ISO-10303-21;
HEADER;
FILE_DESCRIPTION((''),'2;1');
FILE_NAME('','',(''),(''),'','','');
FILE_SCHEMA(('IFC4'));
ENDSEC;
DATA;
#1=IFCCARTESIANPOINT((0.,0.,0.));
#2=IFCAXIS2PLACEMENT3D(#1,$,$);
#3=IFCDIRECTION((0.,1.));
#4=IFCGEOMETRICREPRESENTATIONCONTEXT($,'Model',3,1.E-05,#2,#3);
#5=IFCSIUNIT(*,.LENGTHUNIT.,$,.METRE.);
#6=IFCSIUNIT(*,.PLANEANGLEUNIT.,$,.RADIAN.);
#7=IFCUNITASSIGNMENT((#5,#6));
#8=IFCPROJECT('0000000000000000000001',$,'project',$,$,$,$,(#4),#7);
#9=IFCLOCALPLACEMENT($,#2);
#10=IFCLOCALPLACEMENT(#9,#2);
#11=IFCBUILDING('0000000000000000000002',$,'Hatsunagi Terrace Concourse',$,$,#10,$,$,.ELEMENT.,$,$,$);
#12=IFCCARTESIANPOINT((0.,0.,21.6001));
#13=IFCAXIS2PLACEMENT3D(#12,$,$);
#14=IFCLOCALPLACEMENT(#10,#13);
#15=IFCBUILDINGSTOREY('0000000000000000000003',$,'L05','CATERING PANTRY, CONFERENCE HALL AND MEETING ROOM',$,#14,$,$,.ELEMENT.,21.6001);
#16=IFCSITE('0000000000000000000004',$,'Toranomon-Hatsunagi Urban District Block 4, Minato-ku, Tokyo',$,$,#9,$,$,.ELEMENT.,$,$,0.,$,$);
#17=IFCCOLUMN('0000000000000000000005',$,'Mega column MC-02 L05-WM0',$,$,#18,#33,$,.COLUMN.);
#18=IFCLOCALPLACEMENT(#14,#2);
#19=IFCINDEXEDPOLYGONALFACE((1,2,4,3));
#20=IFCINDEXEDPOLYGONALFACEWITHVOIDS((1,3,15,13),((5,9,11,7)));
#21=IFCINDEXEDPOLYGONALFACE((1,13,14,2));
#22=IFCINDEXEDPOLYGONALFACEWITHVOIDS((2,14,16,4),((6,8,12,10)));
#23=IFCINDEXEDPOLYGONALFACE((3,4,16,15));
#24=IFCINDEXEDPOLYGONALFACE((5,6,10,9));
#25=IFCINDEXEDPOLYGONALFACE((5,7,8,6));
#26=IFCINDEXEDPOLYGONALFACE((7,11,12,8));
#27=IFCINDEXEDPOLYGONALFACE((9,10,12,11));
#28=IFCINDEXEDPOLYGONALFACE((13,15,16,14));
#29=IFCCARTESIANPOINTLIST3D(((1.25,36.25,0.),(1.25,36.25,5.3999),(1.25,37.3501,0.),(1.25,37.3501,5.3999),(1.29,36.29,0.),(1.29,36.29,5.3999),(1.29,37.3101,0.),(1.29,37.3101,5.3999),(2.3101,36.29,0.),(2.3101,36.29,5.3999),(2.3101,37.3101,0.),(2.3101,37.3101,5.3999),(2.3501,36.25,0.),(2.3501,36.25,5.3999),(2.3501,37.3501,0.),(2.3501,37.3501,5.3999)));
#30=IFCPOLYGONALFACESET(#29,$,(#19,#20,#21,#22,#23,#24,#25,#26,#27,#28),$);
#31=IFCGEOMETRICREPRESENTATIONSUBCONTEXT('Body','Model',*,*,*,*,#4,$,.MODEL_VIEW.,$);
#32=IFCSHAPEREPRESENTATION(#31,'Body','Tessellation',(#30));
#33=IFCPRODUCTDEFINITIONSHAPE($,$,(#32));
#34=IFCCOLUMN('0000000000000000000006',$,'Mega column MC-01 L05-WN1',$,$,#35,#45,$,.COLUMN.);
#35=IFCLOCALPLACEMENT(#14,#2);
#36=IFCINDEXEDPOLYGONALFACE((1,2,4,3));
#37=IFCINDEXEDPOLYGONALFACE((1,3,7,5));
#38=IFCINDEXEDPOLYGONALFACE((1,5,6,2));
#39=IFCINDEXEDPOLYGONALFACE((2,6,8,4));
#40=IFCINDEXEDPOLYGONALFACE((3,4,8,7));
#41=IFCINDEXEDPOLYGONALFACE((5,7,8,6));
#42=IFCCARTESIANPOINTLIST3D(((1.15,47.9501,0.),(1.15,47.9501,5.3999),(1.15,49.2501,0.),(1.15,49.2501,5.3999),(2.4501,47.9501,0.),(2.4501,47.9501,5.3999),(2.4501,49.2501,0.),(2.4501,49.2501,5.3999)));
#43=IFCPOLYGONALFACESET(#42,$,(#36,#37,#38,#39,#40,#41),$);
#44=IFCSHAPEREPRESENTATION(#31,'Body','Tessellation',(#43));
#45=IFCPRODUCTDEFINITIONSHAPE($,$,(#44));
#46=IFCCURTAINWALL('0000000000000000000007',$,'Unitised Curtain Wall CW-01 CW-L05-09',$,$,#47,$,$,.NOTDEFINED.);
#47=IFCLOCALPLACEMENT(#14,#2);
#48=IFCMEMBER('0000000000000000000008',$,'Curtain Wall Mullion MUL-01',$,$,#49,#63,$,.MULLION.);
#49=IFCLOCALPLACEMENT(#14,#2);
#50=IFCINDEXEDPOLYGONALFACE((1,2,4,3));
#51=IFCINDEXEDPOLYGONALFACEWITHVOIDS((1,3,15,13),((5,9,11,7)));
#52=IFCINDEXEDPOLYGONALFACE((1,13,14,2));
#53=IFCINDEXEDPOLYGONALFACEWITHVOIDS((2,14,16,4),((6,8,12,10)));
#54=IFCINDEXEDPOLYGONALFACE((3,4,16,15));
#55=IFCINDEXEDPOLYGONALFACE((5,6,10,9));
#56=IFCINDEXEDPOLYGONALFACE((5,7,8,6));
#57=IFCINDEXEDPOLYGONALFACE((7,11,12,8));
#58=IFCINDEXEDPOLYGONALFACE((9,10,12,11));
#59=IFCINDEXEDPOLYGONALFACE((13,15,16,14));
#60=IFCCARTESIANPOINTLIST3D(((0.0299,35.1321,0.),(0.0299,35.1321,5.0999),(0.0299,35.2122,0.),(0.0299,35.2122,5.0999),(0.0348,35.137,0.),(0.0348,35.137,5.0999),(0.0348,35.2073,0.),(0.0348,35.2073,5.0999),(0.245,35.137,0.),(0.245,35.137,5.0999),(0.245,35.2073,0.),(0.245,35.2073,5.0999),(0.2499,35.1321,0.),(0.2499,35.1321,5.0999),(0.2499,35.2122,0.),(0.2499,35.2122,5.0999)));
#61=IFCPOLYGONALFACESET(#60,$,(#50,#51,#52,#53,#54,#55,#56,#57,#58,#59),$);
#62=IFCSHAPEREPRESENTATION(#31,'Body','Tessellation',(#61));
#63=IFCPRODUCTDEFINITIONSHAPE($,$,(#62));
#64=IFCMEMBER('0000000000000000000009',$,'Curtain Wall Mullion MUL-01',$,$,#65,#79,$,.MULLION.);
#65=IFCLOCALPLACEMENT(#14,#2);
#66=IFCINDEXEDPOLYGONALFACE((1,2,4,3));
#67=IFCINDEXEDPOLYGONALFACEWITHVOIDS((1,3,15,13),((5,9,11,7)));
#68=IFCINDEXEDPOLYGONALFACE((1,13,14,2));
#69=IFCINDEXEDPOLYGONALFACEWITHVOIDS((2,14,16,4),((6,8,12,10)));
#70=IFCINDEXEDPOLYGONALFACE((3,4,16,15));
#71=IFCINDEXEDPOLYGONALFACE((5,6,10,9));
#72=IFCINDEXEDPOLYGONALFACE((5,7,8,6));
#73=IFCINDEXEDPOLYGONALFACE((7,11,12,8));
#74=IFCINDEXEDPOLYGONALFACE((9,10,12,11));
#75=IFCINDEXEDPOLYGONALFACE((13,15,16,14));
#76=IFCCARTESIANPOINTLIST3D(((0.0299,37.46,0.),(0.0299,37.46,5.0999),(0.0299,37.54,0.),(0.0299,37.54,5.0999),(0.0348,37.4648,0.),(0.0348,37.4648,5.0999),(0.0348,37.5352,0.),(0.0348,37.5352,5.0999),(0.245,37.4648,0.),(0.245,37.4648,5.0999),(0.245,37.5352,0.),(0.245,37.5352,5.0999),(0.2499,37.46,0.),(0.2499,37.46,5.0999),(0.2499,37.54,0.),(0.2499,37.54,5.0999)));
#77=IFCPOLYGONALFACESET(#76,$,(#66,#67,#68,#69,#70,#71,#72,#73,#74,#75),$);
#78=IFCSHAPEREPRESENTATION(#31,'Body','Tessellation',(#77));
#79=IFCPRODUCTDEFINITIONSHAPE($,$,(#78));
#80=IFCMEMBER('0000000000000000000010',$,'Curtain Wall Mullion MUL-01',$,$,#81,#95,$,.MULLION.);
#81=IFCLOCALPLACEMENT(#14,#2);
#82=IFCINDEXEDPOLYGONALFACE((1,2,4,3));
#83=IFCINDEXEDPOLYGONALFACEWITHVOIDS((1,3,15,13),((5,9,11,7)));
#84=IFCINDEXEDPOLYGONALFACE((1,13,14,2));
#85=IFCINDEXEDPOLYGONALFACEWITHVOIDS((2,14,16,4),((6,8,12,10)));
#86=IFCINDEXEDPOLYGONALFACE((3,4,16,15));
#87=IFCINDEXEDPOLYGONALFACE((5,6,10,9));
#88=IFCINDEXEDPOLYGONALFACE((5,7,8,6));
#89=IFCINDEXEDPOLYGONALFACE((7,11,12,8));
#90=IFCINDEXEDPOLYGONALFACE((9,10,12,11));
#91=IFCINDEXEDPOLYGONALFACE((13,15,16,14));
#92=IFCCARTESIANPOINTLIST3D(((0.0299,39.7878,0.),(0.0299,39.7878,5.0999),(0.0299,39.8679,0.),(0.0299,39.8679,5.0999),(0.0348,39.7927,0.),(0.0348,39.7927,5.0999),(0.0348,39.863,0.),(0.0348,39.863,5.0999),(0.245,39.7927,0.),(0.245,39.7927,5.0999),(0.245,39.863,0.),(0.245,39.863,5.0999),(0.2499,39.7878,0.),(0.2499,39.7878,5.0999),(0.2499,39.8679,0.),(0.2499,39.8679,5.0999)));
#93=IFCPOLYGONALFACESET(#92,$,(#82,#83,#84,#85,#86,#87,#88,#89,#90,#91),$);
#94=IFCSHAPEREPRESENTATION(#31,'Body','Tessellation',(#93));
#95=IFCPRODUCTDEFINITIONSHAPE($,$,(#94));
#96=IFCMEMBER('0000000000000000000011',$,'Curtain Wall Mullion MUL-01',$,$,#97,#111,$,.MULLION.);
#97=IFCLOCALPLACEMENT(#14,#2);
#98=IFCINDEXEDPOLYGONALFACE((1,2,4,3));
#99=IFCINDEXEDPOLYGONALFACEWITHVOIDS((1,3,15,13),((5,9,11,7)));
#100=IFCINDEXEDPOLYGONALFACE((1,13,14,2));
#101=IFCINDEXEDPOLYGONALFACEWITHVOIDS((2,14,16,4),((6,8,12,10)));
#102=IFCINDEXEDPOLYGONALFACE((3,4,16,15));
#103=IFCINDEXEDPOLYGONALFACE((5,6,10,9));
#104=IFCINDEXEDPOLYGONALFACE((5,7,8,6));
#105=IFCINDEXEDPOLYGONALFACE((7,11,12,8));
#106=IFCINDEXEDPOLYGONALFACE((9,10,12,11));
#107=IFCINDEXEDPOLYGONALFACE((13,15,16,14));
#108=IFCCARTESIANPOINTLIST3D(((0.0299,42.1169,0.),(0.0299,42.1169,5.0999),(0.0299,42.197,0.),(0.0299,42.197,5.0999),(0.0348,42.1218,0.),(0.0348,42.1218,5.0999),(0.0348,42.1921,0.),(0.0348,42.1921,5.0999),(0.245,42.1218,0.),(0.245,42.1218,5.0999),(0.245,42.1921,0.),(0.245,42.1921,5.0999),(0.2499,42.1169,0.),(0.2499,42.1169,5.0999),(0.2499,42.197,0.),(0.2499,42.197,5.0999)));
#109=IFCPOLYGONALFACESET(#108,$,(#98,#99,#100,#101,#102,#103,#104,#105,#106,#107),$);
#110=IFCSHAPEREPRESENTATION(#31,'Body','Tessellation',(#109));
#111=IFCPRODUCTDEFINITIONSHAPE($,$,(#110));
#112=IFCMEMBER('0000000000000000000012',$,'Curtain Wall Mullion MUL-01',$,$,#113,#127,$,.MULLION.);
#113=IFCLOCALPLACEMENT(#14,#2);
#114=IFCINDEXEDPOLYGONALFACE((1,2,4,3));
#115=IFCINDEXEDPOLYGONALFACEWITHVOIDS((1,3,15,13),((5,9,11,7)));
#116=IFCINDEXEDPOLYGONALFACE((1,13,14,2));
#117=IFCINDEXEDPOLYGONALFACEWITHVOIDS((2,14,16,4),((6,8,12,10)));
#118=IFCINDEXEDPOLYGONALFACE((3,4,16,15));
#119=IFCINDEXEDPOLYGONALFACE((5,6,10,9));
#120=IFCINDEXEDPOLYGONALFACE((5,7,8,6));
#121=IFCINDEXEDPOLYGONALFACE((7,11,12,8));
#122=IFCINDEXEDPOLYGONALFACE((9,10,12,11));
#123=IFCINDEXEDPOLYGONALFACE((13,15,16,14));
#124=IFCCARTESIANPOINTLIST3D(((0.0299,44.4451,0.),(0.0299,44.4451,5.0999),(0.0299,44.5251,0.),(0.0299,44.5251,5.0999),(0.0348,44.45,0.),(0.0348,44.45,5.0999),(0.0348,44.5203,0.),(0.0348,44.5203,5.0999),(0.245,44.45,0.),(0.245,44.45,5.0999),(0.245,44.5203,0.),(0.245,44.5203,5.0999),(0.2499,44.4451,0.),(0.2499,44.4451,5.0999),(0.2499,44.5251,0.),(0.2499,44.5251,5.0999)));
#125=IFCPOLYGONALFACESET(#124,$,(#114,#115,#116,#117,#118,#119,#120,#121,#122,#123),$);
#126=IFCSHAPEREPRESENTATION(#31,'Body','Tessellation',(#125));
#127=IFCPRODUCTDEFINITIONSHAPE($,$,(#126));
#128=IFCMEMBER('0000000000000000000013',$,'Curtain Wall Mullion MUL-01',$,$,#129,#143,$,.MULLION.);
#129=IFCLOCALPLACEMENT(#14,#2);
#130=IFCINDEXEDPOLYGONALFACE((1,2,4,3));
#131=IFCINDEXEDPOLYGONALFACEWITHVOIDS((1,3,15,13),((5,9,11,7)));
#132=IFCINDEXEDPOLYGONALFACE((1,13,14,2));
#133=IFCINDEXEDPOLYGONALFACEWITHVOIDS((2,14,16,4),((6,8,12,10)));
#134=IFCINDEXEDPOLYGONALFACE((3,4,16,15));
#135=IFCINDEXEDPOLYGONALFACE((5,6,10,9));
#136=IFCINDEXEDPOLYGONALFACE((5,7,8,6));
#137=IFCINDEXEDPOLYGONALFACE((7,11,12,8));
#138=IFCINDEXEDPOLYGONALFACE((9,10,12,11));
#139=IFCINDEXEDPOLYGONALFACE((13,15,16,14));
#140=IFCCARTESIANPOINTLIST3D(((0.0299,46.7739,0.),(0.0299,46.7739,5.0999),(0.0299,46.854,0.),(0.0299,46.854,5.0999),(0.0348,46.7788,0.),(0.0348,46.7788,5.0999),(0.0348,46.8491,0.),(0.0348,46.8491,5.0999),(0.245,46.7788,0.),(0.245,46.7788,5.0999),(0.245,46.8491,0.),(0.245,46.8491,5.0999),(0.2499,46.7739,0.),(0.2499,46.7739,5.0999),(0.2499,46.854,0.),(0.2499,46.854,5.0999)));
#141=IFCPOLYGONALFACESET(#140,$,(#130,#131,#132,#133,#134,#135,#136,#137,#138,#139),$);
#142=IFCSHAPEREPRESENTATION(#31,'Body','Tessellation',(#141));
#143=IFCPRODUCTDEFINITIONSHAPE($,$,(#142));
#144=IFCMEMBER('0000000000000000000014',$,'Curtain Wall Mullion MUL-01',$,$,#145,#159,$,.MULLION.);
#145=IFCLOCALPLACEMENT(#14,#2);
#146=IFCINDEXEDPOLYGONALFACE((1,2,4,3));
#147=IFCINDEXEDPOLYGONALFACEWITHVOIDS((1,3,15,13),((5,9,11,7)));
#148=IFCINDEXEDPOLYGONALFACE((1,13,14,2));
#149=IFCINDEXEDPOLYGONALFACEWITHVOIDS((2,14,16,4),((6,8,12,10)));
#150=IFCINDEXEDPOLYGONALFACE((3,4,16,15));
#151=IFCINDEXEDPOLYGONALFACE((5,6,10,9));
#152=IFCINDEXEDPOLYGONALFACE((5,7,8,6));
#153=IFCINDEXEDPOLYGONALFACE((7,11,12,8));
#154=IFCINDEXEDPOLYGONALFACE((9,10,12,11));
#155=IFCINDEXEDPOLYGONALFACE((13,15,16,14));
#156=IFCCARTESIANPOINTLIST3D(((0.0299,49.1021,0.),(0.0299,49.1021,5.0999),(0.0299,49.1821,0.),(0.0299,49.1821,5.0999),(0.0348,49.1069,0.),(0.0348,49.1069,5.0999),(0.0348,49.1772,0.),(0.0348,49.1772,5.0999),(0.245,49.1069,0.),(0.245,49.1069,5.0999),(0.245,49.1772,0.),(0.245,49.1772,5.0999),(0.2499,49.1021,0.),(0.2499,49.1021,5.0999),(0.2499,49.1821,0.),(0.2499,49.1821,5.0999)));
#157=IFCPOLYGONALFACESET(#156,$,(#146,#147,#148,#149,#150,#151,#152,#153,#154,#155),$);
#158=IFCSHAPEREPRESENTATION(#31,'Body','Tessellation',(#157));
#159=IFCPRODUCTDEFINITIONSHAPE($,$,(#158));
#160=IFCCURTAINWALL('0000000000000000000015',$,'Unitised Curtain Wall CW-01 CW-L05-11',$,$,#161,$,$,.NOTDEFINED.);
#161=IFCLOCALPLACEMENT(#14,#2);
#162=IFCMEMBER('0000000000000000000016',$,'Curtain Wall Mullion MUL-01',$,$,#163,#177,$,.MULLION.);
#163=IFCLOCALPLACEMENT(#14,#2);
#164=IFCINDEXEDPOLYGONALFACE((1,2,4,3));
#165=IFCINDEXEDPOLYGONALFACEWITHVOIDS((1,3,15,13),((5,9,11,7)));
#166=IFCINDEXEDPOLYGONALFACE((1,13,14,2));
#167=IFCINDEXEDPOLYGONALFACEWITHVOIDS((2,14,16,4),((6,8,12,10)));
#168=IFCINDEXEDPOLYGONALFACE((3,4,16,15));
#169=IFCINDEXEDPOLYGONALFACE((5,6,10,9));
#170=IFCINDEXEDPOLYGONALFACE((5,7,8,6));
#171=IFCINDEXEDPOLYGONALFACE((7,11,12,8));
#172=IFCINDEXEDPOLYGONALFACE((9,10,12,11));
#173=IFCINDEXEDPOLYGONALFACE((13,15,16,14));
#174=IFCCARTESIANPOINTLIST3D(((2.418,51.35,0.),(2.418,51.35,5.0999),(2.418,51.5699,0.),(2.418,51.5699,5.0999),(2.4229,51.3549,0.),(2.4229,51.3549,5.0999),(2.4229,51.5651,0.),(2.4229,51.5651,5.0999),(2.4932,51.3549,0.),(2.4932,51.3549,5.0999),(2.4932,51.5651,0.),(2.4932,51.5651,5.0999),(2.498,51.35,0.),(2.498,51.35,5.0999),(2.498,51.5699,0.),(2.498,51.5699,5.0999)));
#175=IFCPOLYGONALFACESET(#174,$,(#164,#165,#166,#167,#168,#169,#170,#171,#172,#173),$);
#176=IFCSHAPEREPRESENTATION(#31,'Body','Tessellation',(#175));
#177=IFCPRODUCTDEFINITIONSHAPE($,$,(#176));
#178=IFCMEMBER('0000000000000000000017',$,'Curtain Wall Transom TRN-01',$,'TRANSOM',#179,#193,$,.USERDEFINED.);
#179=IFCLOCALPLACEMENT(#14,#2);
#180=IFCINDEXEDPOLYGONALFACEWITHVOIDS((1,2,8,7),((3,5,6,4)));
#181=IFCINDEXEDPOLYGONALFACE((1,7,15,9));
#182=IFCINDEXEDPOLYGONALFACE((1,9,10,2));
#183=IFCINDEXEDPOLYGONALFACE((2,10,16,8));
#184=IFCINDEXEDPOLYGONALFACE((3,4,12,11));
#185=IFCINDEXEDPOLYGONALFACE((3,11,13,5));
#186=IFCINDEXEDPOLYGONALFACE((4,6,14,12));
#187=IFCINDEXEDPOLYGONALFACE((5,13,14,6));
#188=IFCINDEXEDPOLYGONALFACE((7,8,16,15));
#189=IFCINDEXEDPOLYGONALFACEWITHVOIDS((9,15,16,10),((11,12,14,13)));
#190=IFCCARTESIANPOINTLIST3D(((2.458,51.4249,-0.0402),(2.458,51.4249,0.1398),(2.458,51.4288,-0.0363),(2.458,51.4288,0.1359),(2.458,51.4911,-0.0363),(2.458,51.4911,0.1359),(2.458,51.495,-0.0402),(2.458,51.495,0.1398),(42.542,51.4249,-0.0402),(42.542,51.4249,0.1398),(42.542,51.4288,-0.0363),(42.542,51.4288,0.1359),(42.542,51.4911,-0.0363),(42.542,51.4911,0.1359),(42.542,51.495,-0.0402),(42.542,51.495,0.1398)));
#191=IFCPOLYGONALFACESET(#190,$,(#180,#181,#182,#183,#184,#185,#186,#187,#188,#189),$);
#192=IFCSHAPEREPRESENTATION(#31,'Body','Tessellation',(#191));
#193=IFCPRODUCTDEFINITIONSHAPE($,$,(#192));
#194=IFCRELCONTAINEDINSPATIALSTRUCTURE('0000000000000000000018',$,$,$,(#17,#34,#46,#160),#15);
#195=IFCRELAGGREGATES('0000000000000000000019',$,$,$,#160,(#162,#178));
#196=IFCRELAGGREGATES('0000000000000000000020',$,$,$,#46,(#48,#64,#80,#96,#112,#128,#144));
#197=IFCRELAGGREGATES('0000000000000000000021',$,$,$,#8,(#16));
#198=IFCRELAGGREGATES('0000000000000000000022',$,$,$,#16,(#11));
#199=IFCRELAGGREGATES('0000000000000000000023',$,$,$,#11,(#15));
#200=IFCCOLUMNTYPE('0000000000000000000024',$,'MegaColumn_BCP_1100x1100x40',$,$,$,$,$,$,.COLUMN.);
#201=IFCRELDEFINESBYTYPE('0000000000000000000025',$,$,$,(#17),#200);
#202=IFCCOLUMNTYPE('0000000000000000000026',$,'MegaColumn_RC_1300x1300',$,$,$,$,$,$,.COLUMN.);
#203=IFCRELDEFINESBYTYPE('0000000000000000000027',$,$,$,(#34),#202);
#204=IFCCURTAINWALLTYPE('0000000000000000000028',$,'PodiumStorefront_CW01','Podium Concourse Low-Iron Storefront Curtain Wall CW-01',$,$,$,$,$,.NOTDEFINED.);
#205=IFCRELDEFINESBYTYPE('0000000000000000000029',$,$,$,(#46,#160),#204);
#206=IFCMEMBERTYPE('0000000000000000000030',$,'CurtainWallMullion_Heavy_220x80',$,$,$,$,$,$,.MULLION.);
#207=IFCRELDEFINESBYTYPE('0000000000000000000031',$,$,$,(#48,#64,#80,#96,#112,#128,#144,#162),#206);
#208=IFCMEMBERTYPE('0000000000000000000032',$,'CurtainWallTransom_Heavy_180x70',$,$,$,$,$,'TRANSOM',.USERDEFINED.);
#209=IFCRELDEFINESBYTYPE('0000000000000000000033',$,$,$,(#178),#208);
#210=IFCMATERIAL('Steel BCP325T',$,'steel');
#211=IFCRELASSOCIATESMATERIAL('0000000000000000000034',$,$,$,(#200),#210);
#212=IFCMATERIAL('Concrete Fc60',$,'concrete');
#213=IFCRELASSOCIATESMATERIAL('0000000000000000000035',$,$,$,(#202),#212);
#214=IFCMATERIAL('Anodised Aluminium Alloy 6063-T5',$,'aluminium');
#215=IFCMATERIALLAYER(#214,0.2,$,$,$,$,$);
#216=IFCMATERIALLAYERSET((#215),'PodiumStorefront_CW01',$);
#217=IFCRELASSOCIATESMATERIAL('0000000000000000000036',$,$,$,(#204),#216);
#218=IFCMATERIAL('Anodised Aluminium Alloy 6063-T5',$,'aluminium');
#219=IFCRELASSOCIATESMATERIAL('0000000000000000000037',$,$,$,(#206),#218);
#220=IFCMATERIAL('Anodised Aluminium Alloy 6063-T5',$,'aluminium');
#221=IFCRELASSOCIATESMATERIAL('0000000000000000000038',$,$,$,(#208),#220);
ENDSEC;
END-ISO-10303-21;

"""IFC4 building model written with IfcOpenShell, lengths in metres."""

from ifc_helpers import new_model, si_unit, direction, frame, origin, origin_2d, place, context, subcontext, project, spatial, rectangle, hollow_rectangle, extrude, material, layer, layer_set, material_profile, profile_set, type_object, element, aggregate, save


model = new_model("IFC4")

# Units and contexts
model_context = context("Model", 3, precision=1e-05, world=origin(), true_north=direction((0.0, 1.0)))
body_context = subcontext(model_context, "Body", "Model", "MODEL_VIEW")
ifc_project = project(units=[si_unit("LENGTHUNIT", "METRE"), si_unit("PLANEANGLEUNIT", "RADIAN")], contexts=[model_context])

# Site, building, storey
site_placement = place(None, origin())
site = spatial("IfcSite", under=ifc_project, at=site_placement, Name="Toranomon-Hatsunagi Urban District Block 4, Minato-ku, Tokyo", CompositionType="ELEMENT", RefElevation=0.0)
building_placement = place(site_placement, origin())
building = spatial("IfcBuilding", under=site, at=building_placement, Name="Hatsunagi Terrace Concourse", CompositionType="ELEMENT")
storey_placement = place(building_placement, frame((0.0, 0.0, 21.6001)))
storey = spatial("IfcBuildingStorey", under=building, at=storey_placement, Name="L05", Description="CATERING PANTRY, CONFERENCE HALL AND MEETING ROOM", CompositionType="ELEMENT", Elevation=21.6001)

# Columns
ifc_material_1 = material(Name="Steel BCP325T", Category="steel")
ifc_material_profile_1 = material_profile(ifc_material_1, hollow_rectangle(XDim=1.1001, YDim=1.1001, WallThickness=0.04, at=origin_2d()), Name="BCP-1100x1100x40")
ifc_profile_set_1 = profile_set([ifc_material_profile_1], Name="Steel BCP325T")
column_type_1 = type_object("IfcColumnType", Name="MegaColumn_BCP_1100x1100x40", PredefinedType="COLUMN", material=ifc_profile_set_1)
column_1_placement = place(storey_placement, frame((1.8, 36.8, 0.0), z_axis=(0.0, 0.0, 1.0), x_axis=(1.0, 0.0, 0.0)))
element("IfcColumn", 1, at=column_1_placement, inside=storey, type_object=column_type_1, Name="Mega column MC-02 L05-WM0", PredefinedType="COLUMN", context=body_context, shape_type="SweptSolid", body=[
    extrude(hollow_rectangle(XDim=1.1001, YDim=1.1001, WallThickness=0.04, at=origin_2d()), origin(), (0.0, 0.0, 1.0), 5.3999),
])
ifc_material_2 = material(Name="Concrete Fc60", Category="concrete")
ifc_material_profile_2 = material_profile(ifc_material_2, rectangle(XDim=1.3, YDim=1.3, at=origin_2d()), Name="RC-1300x1300")
ifc_profile_set_2 = profile_set([ifc_material_profile_2], Name="Concrete Fc60")
column_type_2 = type_object("IfcColumnType", Name="MegaColumn_RC_1300x1300", PredefinedType="COLUMN", material=ifc_profile_set_2)
column_2_placement = place(storey_placement, frame((1.8, 48.6001, 0.0), z_axis=(0.0, 0.0, 1.0), x_axis=(1.0, 0.0, 0.0)))
element("IfcColumn", 2, at=column_2_placement, inside=storey, type_object=column_type_2, Name="Mega column MC-01 L05-WN1", PredefinedType="COLUMN", context=body_context, shape_type="SweptSolid", body=[
    extrude(rectangle(XDim=1.3, YDim=1.3, at=origin_2d()), origin(), (0.0, 0.0, 1.0), 5.3999),
])

# Curtain walls, members
ifc_material_3 = material(Name="Anodised Aluminium Alloy 6063-T5", Category="aluminium")
ifc_layer_1 = layer(ifc_material_3, 0.2)
ifc_layer_set_1 = layer_set([ifc_layer_1], Name="PodiumStorefront_CW01")
curtain_wall_type = type_object("IfcCurtainWallType", Name="PodiumStorefront_CW01", Description="Podium Concourse Low-Iron Storefront Curtain Wall CW-01", PredefinedType="NOTDEFINED", material=ifc_layer_set_1)
curtain_wall_1_placement = place(storey_placement, origin())
curtain_wall_1 = element("IfcCurtainWall", 3, at=curtain_wall_1_placement, inside=storey, type_object=curtain_wall_type, Name="Unitised Curtain Wall CW-01 CW-L05-09", PredefinedType="NOTDEFINED")
ifc_material_4 = material(Name="Anodised Aluminium Alloy 6063-T5", Category="aluminium")
ifc_material_profile_3 = material_profile(ifc_material_4, hollow_rectangle(XDim=0.0801, YDim=0.22, WallThickness=0.0049, at=origin_2d()), Name="ALU-MUL-220x80x5")
ifc_profile_set_3 = profile_set([ifc_material_profile_3], Name="Anodised Aluminium Alloy 6063-T5")
member_type_1 = type_object("IfcMemberType", Name="CurtainWallMullion_Heavy_220x80", PredefinedType="MULLION", material=ifc_profile_set_3)
member_1_placement = place(storey_placement, frame((0.1399, 35.1721, 0.0), z_axis=(0.0, 0.0, 1.0), x_axis=(0.0, 1.0, 0.0)))
member_1 = element("IfcMember", 4, at=member_1_placement, type_object=member_type_1, Name="Curtain Wall Mullion MUL-01", PredefinedType="MULLION", context=body_context, shape_type="SweptSolid", body=[
    extrude(hollow_rectangle(XDim=0.0801, YDim=0.22, WallThickness=0.0049, at=origin_2d()), origin(), (0.0, 0.0, 1.0), 5.0999),
])
member_2_placement = place(storey_placement, frame((0.1399, 37.5, 0.0), z_axis=(0.0, 0.0, 1.0), x_axis=(0.0, 1.0, 0.0)))
member_2 = element("IfcMember", 5, at=member_2_placement, type_object=member_type_1, Name="Curtain Wall Mullion MUL-01", PredefinedType="MULLION", context=body_context, shape_type="SweptSolid", body=[
    extrude(hollow_rectangle(XDim=0.0801, YDim=0.22, WallThickness=0.0049, at=origin_2d()), origin(), (0.0, 0.0, 1.0), 5.0999),
])
member_3_placement = place(storey_placement, frame((0.1399, 39.8279, 0.0), z_axis=(0.0, 0.0, 1.0), x_axis=(0.0, 1.0, 0.0)))
member_3 = element("IfcMember", 6, at=member_3_placement, type_object=member_type_1, Name="Curtain Wall Mullion MUL-01", PredefinedType="MULLION", context=body_context, shape_type="SweptSolid", body=[
    extrude(hollow_rectangle(XDim=0.0801, YDim=0.22, WallThickness=0.0049, at=origin_2d()), origin(), (0.0, 0.0, 1.0), 5.0999),
])
member_4_placement = place(storey_placement, frame((0.1399, 42.157, 0.0), z_axis=(0.0, 0.0, 1.0), x_axis=(0.0, 1.0, 0.0)))
member_4 = element("IfcMember", 7, at=member_4_placement, type_object=member_type_1, Name="Curtain Wall Mullion MUL-01", PredefinedType="MULLION", context=body_context, shape_type="SweptSolid", body=[
    extrude(hollow_rectangle(XDim=0.0801, YDim=0.22, WallThickness=0.0049, at=origin_2d()), origin(), (0.0, 0.0, 1.0), 5.0999),
])
member_5_placement = place(storey_placement, frame((0.1399, 44.4851, 0.0), z_axis=(0.0, 0.0, 1.0), x_axis=(0.0, 1.0, 0.0)))
member_5 = element("IfcMember", 8, at=member_5_placement, type_object=member_type_1, Name="Curtain Wall Mullion MUL-01", PredefinedType="MULLION", context=body_context, shape_type="SweptSolid", body=[
    extrude(hollow_rectangle(XDim=0.0801, YDim=0.22, WallThickness=0.0049, at=origin_2d()), origin(), (0.0, 0.0, 1.0), 5.0999),
])
member_6_placement = place(storey_placement, frame((0.1399, 46.814, 0.0), z_axis=(0.0, 0.0, 1.0), x_axis=(0.0, 1.0, 0.0)))
member_6 = element("IfcMember", 9, at=member_6_placement, type_object=member_type_1, Name="Curtain Wall Mullion MUL-01", PredefinedType="MULLION", context=body_context, shape_type="SweptSolid", body=[
    extrude(hollow_rectangle(XDim=0.0801, YDim=0.22, WallThickness=0.0049, at=origin_2d()), origin(), (0.0, 0.0, 1.0), 5.0999),
])
member_7_placement = place(storey_placement, frame((0.1399, 49.1421, 0.0), z_axis=(0.0, 0.0, 1.0), x_axis=(0.0, 1.0, 0.0)))
member_7 = element("IfcMember", 10, at=member_7_placement, type_object=member_type_1, Name="Curtain Wall Mullion MUL-01", PredefinedType="MULLION", context=body_context, shape_type="SweptSolid", body=[
    extrude(hollow_rectangle(XDim=0.0801, YDim=0.22, WallThickness=0.0049, at=origin_2d()), origin(), (0.0, 0.0, 1.0), 5.0999),
])
curtain_wall_2_placement = place(storey_placement, origin())
curtain_wall_2 = element("IfcCurtainWall", 11, at=curtain_wall_2_placement, inside=storey, type_object=curtain_wall_type, Name="Unitised Curtain Wall CW-01 CW-L05-11", PredefinedType="NOTDEFINED")
member_8_placement = place(storey_placement, frame((2.458, 51.46, 0.0), z_axis=(0.0, 0.0, 1.0), x_axis=(1.0, 0.0, 0.0)))
member_8 = element("IfcMember", 12, at=member_8_placement, type_object=member_type_1, Name="Curtain Wall Mullion MUL-01", PredefinedType="MULLION", context=body_context, shape_type="SweptSolid", body=[
    extrude(hollow_rectangle(XDim=0.0801, YDim=0.22, WallThickness=0.0049, at=origin_2d()), origin(), (0.0, 0.0, 1.0), 5.0999),
])
ifc_material_5 = material(Name="Anodised Aluminium Alloy 6063-T5", Category="aluminium")
ifc_material_profile_4 = material_profile(ifc_material_5, hollow_rectangle(XDim=0.0701, YDim=0.1799, WallThickness=0.0039, at=origin_2d()), Name="ALU-TRN-180x70x4")
ifc_profile_set_4 = profile_set([ifc_material_profile_4], Name="Anodised Aluminium Alloy 6063-T5")
member_type_2 = type_object("IfcMemberType", Name="CurtainWallTransom_Heavy_180x70", ElementType="TRANSOM", PredefinedType="USERDEFINED", material=ifc_profile_set_4)
member_9_placement = place(storey_placement, frame((2.458, 51.46, 0.0498), z_axis=(1.0, 0.0, 0.0), x_axis=(0.0, 1.0, 0.0)))
member_9 = element("IfcMember", 13, at=member_9_placement, type_object=member_type_2, Name="Curtain Wall Transom TRN-01", ObjectType="TRANSOM", PredefinedType="USERDEFINED", context=body_context, shape_type="SweptSolid", body=[
    extrude(hollow_rectangle(XDim=0.0701, YDim=0.1799, WallThickness=0.0039, at=origin_2d()), origin(), (0.0, 0.0, 1.0), 40.084),
])
aggregate(curtain_wall_2, [member_8, member_9])

aggregate(curtain_wall_1, [member_1, member_2, member_3, member_4, member_5, member_6, member_7])

save(model, "model.ifc")
